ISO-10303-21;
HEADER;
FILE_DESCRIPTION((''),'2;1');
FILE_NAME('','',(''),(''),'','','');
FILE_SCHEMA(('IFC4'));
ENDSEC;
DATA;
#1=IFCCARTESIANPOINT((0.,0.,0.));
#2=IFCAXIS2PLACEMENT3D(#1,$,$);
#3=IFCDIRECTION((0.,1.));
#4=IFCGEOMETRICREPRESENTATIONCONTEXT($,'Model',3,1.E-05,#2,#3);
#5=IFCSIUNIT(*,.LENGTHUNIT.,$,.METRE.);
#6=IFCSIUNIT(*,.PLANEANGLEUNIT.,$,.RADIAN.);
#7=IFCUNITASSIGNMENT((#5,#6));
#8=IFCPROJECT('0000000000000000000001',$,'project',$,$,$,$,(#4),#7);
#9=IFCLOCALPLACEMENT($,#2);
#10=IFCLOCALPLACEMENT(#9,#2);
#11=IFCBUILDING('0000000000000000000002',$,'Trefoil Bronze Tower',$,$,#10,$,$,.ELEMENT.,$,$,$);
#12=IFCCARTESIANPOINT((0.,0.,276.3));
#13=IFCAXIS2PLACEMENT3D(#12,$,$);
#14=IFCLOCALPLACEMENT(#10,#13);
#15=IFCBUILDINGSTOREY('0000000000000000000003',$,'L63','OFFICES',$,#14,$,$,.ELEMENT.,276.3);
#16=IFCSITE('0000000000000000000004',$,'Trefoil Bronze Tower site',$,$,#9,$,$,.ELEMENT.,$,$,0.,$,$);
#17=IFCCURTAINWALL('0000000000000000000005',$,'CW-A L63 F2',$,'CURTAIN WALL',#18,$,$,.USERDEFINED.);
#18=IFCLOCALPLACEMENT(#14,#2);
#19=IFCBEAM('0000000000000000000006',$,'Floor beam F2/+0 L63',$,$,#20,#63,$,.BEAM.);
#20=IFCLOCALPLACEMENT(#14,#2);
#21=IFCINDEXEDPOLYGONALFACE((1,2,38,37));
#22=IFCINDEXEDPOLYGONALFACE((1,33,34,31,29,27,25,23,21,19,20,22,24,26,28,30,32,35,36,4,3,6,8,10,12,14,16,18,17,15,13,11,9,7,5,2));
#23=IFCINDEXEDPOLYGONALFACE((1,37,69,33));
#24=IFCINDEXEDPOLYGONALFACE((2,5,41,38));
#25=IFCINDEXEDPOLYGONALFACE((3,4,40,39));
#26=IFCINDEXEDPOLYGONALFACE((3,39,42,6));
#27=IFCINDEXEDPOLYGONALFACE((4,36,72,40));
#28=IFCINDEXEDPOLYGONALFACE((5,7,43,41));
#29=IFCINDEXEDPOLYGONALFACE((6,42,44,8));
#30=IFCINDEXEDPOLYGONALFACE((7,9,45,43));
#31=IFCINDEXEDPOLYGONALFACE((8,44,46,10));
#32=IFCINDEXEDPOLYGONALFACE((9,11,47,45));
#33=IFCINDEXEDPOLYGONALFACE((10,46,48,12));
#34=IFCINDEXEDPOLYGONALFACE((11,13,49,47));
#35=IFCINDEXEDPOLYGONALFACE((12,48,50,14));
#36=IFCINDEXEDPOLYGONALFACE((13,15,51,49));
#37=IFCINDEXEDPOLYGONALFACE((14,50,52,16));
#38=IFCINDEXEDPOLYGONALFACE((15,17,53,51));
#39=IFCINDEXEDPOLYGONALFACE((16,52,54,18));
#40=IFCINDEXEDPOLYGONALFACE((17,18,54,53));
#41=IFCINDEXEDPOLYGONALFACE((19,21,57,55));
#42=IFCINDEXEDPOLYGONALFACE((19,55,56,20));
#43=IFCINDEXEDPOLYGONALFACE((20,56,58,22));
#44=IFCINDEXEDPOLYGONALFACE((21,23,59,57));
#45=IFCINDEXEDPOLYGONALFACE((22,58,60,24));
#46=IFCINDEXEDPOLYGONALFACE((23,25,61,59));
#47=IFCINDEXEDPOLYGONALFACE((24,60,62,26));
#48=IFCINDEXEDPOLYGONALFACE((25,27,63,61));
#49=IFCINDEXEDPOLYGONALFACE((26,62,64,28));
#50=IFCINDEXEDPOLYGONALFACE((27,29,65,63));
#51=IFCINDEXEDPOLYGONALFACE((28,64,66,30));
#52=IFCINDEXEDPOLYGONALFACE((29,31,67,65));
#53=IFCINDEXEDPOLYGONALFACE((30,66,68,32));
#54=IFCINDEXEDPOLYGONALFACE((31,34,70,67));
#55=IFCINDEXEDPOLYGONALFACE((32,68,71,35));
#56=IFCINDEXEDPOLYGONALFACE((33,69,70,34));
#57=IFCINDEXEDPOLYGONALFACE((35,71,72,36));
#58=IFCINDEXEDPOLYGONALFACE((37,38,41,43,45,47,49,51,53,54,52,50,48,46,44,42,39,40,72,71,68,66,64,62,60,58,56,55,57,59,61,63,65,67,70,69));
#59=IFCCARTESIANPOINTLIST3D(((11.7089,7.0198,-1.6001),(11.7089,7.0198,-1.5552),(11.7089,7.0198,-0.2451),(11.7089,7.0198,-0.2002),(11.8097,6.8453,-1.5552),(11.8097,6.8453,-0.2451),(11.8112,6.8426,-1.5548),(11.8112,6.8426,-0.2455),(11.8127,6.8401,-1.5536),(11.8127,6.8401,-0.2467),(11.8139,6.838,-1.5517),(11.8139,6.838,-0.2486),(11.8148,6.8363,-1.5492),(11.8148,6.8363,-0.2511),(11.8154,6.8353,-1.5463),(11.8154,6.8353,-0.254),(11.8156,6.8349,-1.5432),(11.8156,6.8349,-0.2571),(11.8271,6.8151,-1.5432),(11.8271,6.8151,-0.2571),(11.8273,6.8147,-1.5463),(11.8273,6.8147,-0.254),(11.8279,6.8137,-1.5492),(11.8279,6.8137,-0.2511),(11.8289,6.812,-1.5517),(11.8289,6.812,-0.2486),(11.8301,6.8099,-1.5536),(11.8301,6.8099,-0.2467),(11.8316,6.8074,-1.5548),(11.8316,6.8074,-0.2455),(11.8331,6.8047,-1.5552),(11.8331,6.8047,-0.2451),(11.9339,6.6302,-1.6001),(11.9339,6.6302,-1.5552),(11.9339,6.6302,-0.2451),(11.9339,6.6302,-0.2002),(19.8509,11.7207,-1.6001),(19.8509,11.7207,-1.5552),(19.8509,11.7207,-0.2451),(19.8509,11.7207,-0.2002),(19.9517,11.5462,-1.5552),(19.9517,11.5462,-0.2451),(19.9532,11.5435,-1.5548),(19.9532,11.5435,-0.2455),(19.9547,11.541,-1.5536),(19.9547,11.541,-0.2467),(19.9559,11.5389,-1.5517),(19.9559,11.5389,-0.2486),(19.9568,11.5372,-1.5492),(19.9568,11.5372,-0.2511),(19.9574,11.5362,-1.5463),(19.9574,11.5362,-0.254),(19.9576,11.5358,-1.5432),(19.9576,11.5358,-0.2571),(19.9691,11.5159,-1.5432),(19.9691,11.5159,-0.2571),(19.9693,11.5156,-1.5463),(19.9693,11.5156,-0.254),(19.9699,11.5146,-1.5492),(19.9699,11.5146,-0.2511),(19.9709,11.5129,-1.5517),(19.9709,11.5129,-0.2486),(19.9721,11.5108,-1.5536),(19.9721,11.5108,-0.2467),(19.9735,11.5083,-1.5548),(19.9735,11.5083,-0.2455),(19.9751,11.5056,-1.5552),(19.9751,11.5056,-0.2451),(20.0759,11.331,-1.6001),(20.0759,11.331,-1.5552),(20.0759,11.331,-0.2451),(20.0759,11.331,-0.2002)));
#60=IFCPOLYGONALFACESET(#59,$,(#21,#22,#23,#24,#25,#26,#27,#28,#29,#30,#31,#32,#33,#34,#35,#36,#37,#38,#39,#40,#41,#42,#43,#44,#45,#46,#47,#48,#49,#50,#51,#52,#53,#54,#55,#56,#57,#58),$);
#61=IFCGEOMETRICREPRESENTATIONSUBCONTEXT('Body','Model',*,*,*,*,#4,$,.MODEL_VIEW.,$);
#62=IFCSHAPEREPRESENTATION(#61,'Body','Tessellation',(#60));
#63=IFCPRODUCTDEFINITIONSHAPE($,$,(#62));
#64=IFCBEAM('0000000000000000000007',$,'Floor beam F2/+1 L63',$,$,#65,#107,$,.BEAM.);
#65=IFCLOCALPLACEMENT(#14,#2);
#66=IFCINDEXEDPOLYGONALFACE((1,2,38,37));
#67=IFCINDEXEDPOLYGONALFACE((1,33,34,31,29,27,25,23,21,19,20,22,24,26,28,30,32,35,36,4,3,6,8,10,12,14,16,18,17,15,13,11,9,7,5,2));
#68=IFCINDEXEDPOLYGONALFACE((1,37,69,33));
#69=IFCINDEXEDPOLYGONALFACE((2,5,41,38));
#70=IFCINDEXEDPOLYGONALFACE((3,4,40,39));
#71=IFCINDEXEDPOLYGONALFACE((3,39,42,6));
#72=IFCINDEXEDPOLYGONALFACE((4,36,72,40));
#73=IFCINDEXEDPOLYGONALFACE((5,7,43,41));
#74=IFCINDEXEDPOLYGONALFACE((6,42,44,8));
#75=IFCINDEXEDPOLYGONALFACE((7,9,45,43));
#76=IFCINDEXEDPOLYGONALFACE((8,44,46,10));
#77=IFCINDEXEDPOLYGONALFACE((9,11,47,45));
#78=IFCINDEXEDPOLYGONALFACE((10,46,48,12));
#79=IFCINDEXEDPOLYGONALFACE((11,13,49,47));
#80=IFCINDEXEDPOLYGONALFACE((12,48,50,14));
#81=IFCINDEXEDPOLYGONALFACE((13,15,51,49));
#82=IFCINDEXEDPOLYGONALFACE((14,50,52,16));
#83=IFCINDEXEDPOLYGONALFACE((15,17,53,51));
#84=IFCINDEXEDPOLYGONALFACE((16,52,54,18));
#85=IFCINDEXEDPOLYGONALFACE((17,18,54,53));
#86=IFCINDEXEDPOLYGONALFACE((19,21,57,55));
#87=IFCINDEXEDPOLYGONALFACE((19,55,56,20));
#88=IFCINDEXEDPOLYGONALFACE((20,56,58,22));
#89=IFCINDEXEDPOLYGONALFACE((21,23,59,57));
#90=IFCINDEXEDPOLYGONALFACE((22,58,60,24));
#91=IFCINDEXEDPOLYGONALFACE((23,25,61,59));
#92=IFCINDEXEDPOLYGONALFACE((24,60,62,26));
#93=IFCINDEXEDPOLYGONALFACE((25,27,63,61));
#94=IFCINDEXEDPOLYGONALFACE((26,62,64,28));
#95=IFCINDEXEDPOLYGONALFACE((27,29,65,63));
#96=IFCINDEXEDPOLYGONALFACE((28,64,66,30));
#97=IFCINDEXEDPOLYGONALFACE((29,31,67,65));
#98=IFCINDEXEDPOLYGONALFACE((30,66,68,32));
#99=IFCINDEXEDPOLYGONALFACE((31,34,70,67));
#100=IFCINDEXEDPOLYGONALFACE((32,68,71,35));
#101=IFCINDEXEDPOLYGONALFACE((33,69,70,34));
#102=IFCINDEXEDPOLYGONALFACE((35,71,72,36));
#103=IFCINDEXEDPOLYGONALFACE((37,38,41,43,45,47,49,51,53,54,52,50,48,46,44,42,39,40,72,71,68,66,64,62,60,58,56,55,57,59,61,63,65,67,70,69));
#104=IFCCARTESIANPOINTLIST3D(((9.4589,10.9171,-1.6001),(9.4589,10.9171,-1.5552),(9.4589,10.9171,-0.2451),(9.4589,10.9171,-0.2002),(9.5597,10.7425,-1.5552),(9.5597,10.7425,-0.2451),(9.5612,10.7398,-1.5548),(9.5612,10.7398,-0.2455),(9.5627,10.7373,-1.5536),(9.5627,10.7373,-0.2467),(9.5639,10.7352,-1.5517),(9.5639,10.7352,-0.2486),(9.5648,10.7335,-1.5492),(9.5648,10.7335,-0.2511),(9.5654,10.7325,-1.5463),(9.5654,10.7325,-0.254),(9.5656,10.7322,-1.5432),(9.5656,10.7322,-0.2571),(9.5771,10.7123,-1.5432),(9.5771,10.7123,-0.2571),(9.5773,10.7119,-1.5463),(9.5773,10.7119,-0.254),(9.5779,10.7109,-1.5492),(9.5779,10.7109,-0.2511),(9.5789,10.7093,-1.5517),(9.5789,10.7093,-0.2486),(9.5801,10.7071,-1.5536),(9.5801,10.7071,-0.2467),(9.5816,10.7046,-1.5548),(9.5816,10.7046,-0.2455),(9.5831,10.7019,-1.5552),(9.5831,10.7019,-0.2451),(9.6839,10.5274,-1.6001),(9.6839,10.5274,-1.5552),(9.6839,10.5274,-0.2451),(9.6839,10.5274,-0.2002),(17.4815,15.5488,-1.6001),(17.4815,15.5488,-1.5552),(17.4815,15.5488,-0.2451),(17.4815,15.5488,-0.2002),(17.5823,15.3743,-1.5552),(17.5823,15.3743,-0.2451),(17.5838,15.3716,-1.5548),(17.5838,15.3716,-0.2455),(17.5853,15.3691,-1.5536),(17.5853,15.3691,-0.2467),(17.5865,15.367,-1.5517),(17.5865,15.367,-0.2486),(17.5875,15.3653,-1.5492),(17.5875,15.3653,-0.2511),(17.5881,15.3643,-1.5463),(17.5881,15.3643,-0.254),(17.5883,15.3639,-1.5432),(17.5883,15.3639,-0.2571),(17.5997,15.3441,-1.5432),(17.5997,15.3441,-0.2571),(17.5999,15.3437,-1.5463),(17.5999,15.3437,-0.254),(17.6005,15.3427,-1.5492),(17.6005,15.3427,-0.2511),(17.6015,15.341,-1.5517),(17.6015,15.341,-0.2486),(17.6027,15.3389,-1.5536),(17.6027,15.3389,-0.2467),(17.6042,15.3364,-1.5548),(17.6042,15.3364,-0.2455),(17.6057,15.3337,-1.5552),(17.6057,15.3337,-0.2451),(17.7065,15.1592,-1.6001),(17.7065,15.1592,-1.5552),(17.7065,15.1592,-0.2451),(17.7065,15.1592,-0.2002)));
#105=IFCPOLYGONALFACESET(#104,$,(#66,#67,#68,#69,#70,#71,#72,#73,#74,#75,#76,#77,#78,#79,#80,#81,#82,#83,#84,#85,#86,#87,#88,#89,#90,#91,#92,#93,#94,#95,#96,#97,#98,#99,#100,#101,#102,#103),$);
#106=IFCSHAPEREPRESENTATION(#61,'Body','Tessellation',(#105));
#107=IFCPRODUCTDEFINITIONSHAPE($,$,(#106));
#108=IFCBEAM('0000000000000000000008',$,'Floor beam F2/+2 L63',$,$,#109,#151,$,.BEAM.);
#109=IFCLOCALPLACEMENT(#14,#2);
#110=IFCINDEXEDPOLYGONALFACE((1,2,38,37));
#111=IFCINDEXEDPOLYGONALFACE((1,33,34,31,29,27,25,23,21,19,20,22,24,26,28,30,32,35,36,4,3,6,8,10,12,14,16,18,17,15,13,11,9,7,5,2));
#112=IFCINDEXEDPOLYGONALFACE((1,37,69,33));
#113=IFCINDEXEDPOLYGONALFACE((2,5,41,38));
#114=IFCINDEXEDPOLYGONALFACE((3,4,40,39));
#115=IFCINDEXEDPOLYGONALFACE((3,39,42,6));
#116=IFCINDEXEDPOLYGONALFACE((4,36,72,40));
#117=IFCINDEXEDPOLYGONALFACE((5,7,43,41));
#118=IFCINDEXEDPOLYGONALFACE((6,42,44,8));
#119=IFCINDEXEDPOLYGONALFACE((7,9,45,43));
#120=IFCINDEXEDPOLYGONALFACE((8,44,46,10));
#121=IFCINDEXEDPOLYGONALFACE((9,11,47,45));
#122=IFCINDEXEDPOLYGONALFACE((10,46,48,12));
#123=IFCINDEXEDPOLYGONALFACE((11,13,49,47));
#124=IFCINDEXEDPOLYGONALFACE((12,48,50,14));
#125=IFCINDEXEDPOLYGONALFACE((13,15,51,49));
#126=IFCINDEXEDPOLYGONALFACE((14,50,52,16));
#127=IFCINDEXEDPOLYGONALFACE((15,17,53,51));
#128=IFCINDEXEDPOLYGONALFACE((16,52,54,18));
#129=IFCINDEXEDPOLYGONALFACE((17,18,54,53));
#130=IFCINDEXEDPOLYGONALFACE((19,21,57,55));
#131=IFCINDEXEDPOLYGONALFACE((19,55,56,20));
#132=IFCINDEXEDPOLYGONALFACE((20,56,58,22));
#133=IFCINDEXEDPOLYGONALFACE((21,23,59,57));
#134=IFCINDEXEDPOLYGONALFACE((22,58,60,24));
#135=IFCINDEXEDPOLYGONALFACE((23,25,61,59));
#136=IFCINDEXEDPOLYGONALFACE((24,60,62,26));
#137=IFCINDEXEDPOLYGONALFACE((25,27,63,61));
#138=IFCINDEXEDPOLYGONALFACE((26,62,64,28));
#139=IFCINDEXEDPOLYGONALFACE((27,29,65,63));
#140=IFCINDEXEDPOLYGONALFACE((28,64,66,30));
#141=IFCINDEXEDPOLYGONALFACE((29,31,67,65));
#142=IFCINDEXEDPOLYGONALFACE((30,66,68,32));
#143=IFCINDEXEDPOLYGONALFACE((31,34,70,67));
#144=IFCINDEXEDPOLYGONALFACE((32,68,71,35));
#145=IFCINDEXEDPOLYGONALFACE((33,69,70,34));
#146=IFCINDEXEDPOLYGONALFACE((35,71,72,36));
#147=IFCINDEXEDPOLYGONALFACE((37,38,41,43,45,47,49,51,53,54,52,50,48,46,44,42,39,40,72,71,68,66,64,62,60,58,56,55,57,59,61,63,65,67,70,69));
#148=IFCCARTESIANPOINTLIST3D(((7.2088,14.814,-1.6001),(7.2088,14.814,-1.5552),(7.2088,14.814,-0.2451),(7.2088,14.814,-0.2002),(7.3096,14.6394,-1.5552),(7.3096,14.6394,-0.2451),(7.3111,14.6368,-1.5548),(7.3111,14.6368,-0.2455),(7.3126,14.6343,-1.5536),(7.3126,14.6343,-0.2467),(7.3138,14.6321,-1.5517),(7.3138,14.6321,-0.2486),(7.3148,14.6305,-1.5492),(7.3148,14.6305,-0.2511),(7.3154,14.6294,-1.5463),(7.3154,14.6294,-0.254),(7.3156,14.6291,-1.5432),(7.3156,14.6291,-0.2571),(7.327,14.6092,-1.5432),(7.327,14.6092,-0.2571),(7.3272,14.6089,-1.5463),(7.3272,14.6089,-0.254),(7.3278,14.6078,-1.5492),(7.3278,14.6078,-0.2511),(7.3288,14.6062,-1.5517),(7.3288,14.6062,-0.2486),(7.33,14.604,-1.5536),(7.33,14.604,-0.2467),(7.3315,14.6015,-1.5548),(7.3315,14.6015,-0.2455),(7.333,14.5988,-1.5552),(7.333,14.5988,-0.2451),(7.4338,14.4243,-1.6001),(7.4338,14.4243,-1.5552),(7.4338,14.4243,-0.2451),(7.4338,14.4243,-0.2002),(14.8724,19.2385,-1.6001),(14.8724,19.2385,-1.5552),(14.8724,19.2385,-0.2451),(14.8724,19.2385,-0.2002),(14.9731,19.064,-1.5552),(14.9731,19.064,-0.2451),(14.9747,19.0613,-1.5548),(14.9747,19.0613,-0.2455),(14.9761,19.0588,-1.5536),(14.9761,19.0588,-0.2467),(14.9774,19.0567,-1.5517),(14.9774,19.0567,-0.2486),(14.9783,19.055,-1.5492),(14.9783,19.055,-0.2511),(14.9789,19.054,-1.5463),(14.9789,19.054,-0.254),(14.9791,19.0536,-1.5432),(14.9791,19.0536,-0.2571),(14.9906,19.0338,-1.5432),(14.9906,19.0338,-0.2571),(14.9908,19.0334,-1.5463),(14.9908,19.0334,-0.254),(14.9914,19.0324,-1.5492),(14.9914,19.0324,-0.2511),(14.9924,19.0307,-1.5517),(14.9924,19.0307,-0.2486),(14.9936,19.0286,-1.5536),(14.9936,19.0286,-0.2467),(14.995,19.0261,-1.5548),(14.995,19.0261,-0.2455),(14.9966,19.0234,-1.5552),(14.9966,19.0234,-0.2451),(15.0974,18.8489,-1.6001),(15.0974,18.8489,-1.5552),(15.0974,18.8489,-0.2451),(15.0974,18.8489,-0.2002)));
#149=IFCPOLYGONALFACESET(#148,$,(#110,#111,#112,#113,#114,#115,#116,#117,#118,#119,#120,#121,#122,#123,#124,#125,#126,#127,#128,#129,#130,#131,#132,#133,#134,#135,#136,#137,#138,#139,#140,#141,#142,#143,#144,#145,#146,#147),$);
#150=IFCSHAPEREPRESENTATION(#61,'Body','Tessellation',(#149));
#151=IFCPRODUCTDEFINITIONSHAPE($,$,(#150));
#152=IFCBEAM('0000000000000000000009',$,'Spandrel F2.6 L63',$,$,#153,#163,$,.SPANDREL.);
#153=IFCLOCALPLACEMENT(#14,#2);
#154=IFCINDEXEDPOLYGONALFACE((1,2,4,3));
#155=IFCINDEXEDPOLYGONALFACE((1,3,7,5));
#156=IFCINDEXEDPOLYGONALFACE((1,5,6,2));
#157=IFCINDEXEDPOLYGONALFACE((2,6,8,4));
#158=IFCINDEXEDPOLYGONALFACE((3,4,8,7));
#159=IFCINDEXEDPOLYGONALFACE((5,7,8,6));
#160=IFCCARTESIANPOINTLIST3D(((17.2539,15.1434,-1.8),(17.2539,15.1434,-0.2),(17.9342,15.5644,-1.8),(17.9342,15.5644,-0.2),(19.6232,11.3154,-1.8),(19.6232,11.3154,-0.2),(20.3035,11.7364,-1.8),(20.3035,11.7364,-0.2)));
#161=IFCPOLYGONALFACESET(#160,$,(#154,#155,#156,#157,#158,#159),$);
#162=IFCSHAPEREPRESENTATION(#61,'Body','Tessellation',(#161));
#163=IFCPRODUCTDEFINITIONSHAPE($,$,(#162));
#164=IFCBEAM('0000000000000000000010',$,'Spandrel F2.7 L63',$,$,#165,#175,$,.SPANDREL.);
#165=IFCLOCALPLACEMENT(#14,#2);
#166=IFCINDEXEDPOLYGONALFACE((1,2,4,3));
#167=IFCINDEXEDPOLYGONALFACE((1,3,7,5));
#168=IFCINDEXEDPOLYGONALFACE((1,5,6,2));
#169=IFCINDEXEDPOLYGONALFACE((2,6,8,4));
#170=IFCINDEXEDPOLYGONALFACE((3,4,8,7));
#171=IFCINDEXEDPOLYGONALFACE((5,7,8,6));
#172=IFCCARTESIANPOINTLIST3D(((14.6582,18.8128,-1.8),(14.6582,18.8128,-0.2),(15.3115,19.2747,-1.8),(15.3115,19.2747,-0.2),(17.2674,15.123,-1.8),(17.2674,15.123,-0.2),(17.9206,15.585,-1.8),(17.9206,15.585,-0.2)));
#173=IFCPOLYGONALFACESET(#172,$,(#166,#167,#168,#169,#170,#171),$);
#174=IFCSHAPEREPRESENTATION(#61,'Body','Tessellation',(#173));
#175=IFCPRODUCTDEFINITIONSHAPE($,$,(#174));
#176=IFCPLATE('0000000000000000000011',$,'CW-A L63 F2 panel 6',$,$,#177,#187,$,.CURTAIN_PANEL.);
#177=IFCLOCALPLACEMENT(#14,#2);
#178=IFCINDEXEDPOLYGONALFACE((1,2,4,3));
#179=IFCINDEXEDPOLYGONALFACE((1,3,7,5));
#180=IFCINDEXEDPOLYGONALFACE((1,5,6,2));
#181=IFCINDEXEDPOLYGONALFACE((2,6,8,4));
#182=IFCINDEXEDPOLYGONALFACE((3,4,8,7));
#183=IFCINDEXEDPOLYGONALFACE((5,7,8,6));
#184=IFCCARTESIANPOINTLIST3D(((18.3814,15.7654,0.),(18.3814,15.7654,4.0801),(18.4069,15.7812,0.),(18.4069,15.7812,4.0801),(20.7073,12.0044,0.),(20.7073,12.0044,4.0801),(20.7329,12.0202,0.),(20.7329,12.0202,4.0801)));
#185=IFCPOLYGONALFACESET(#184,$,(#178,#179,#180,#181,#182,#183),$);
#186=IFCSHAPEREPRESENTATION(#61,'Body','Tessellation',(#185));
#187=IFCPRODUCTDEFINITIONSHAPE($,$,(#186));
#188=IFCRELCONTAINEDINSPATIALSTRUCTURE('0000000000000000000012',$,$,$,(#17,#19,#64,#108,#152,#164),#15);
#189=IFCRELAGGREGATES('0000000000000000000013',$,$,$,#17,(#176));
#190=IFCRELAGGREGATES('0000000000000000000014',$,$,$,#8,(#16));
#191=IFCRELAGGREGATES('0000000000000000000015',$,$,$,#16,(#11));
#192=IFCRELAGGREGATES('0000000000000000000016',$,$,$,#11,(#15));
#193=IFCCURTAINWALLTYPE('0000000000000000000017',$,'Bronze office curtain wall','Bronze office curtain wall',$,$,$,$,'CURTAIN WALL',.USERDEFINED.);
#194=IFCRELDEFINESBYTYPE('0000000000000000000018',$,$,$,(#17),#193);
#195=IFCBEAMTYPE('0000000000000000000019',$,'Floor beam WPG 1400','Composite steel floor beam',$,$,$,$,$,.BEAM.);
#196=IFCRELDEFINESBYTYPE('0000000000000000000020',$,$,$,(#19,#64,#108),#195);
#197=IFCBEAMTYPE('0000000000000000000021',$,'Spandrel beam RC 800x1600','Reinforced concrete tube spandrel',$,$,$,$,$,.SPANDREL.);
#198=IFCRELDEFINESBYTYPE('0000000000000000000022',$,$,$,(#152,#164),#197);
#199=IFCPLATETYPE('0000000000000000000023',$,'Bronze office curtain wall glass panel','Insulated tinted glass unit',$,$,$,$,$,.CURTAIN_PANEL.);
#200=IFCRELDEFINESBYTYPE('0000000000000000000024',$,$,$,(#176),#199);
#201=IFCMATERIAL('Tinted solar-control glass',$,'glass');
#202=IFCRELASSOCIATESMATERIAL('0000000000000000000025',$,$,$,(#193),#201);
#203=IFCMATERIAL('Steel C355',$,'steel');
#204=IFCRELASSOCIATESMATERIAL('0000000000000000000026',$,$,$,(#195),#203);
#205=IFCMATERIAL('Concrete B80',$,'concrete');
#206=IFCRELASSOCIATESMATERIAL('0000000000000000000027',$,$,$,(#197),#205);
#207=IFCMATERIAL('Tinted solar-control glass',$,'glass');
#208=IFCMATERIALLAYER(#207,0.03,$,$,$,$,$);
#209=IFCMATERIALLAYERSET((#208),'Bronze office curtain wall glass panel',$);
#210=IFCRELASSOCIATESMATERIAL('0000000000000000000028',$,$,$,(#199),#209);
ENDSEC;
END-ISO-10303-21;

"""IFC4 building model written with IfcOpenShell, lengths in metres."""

from ifc_helpers import new_model, si_unit, direction, frame, origin, origin_2d, place, context, subcontext, project, spatial, rectangle, i_section, extrude, material, layer, layer_set, material_profile, profile_set, type_object, element, aggregate, save


model = new_model("IFC4")

# Units and contexts
model_context = context("Model", 3, precision=1e-05, world=origin(), true_north=direction((0.0, 1.0)))
body_context = subcontext(model_context, "Body", "Model", "MODEL_VIEW")
ifc_project = project(units=[si_unit("LENGTHUNIT", "METRE"), si_unit("PLANEANGLEUNIT", "RADIAN")], contexts=[model_context])

# Site, building, storey
site_placement = place(None, origin())
site = spatial("IfcSite", under=ifc_project, at=site_placement, Name="Trefoil Bronze Tower site", CompositionType="ELEMENT", RefElevation=0.0)
building_placement = place(site_placement, origin())
building = spatial("IfcBuilding", under=site, at=building_placement, Name="Trefoil Bronze Tower", CompositionType="ELEMENT")
storey_placement = place(building_placement, frame((0.0, 0.0, 276.3)))
storey = spatial("IfcBuildingStorey", under=building, at=storey_placement, Name="L63", Description="OFFICES", CompositionType="ELEMENT", Elevation=276.3)

# Curtain wall
ifc_material_1 = material(Name="Tinted solar-control glass", Category="glass")
curtain_wall_type = type_object("IfcCurtainWallType", Name="Bronze office curtain wall", Description="Bronze office curtain wall", ElementType="CURTAIN WALL", PredefinedType="USERDEFINED", material=ifc_material_1)
curtain_wall_placement = place(storey_placement, origin())
curtain_wall = element("IfcCurtainWall", 1, at=curtain_wall_placement, inside=storey, type_object=curtain_wall_type, Name="CW-A L63 F2", ObjectType="CURTAIN WALL", PredefinedType="USERDEFINED")

# Beams
ifc_material_2 = material(Name="Steel C355", Category="steel")
ifc_material_profile_1 = material_profile(ifc_material_2, i_section(OverallWidth=0.45, OverallDepth=1.3999, WebThickness=0.0229, FlangeThickness=0.0449, FilletRadius=0.012, at=origin_2d()), Name="WPG 1400")
ifc_profile_set_1 = profile_set([ifc_material_profile_1], Name="Steel C355")
beam_type_1 = type_object("IfcBeamType", Name="Floor beam WPG 1400", Description="Composite steel floor beam", PredefinedType="BEAM", material=ifc_profile_set_1)
beam_1_placement = place(storey_placement, frame((19.9634, 11.5259, -0.9001), z_axis=(-0.866021, -0.500007, 0.0), x_axis=(0.500007, -0.866021, 0.0)))
element("IfcBeam", 2, at=beam_1_placement, inside=storey, type_object=beam_type_1, Name="Floor beam F2/+0 L63", PredefinedType="BEAM", context=body_context, shape_type="SweptSolid", body=[
    extrude(i_section(OverallWidth=0.45, OverallDepth=1.3999, WebThickness=0.0229, FlangeThickness=0.0449, FilletRadius=0.012, at=origin_2d()), origin(), (0.0, 0.0, 1.0), 9.4016),
])
beam_2_placement = place(storey_placement, frame((17.594, 15.354, -0.9001), z_axis=(-0.866029, -0.499994, 0.0), x_axis=(0.499994, -0.866029, 0.0)))
element("IfcBeam", 3, at=beam_2_placement, inside=storey, type_object=beam_type_1, Name="Floor beam F2/+1 L63", PredefinedType="BEAM", context=body_context, shape_type="SweptSolid", body=[
    extrude(i_section(OverallWidth=0.45, OverallDepth=1.3999, WebThickness=0.0229, FlangeThickness=0.0449, FilletRadius=0.012, at=origin_2d()), origin(), (0.0, 0.0, 1.0), 9.2637),
])
beam_3_placement = place(storey_placement, frame((14.9849, 19.0437, -0.9001), z_axis=(-0.866026, -0.499999, 0.0), x_axis=(0.499999, -0.866026, 0.0)))
element("IfcBeam", 4, at=beam_3_placement, inside=storey, type_object=beam_type_1, Name="Floor beam F2/+2 L63", PredefinedType="BEAM", context=body_context, shape_type="SweptSolid", body=[
    extrude(i_section(OverallWidth=0.45, OverallDepth=1.3999, WebThickness=0.0229, FlangeThickness=0.0449, FilletRadius=0.012, at=origin_2d()), origin(), (0.0, 0.0, 1.0), 8.8491),
])
ifc_material_3 = material(Name="Concrete B80", Category="concrete")
ifc_material_profile_2 = material_profile(ifc_material_3, rectangle(XDim=0.8, YDim=1.6001, at=origin_2d()), Name="RC 800x1600")
ifc_profile_set_2 = profile_set([ifc_material_profile_2], Name="Concrete B80")
beam_type_2 = type_object("IfcBeamType", Name="Spandrel beam RC 800x1600", Description="Reinforced concrete tube spandrel", PredefinedType="SPANDREL", material=ifc_profile_set_2)
beam_4_placement = place(storey_placement, frame((19.9634, 11.5259, -1.0), z_axis=(-0.526289, 0.850306, 0.0), x_axis=(-0.850306, -0.526289, 0.0)))
element("IfcBeam", 5, at=beam_4_placement, inside=storey, type_object=beam_type_2, Name="Spandrel F2.6 L63", PredefinedType="SPANDREL", context=body_context, shape_type="SweptSolid", body=[
    extrude(rectangle(XDim=0.8, YDim=1.6001, at=origin_2d()), origin(), (0.0, 0.0, 1.0), 4.502),
])
beam_5_placement = place(storey_placement, frame((17.594, 15.354, -1.0), z_axis=(-0.577368, 0.816484, 0.0), x_axis=(-0.816484, -0.577368, 0.0)))
element("IfcBeam", 6, at=beam_5_placement, inside=storey, type_object=beam_type_2, Name="Spandrel F2.7 L63", PredefinedType="SPANDREL", context=body_context, shape_type="SweptSolid", body=[
    extrude(rectangle(XDim=0.8, YDim=1.6001, at=origin_2d()), origin(), (0.0, 0.0, 1.0), 4.519),
])

# Plate
ifc_material_4 = material(Name="Tinted solar-control glass", Category="glass")
ifc_layer_1 = layer(ifc_material_4, 0.03)
ifc_layer_set_1 = layer_set([ifc_layer_1], Name="Bronze office curtain wall glass panel")
plate_type = type_object("IfcPlateType", Name="Bronze office curtain wall glass panel", Description="Insulated tinted glass unit", PredefinedType="CURTAIN_PANEL", material=ifc_layer_set_1)
plate_1_placement = place(storey_placement, frame((19.5571, 13.8928, 0.0), z_axis=(0.0, 0.0, 1.0), x_axis=(-0.52598, 0.850497, 0.0)))
plate_1 = element("IfcPlate", 7, at=plate_1_placement, type_object=plate_type, Name="CW-A L63 F2 panel 6", PredefinedType="CURTAIN_PANEL", context=body_context, shape_type="SweptSolid", body=[
    extrude(rectangle(XDim=4.4221, YDim=0.03, at=origin_2d()), origin(), (0.0, 0.0, 1.0), 4.0801),
])
aggregate(curtain_wall, [plate_1])

save(model, "model.ifc")
